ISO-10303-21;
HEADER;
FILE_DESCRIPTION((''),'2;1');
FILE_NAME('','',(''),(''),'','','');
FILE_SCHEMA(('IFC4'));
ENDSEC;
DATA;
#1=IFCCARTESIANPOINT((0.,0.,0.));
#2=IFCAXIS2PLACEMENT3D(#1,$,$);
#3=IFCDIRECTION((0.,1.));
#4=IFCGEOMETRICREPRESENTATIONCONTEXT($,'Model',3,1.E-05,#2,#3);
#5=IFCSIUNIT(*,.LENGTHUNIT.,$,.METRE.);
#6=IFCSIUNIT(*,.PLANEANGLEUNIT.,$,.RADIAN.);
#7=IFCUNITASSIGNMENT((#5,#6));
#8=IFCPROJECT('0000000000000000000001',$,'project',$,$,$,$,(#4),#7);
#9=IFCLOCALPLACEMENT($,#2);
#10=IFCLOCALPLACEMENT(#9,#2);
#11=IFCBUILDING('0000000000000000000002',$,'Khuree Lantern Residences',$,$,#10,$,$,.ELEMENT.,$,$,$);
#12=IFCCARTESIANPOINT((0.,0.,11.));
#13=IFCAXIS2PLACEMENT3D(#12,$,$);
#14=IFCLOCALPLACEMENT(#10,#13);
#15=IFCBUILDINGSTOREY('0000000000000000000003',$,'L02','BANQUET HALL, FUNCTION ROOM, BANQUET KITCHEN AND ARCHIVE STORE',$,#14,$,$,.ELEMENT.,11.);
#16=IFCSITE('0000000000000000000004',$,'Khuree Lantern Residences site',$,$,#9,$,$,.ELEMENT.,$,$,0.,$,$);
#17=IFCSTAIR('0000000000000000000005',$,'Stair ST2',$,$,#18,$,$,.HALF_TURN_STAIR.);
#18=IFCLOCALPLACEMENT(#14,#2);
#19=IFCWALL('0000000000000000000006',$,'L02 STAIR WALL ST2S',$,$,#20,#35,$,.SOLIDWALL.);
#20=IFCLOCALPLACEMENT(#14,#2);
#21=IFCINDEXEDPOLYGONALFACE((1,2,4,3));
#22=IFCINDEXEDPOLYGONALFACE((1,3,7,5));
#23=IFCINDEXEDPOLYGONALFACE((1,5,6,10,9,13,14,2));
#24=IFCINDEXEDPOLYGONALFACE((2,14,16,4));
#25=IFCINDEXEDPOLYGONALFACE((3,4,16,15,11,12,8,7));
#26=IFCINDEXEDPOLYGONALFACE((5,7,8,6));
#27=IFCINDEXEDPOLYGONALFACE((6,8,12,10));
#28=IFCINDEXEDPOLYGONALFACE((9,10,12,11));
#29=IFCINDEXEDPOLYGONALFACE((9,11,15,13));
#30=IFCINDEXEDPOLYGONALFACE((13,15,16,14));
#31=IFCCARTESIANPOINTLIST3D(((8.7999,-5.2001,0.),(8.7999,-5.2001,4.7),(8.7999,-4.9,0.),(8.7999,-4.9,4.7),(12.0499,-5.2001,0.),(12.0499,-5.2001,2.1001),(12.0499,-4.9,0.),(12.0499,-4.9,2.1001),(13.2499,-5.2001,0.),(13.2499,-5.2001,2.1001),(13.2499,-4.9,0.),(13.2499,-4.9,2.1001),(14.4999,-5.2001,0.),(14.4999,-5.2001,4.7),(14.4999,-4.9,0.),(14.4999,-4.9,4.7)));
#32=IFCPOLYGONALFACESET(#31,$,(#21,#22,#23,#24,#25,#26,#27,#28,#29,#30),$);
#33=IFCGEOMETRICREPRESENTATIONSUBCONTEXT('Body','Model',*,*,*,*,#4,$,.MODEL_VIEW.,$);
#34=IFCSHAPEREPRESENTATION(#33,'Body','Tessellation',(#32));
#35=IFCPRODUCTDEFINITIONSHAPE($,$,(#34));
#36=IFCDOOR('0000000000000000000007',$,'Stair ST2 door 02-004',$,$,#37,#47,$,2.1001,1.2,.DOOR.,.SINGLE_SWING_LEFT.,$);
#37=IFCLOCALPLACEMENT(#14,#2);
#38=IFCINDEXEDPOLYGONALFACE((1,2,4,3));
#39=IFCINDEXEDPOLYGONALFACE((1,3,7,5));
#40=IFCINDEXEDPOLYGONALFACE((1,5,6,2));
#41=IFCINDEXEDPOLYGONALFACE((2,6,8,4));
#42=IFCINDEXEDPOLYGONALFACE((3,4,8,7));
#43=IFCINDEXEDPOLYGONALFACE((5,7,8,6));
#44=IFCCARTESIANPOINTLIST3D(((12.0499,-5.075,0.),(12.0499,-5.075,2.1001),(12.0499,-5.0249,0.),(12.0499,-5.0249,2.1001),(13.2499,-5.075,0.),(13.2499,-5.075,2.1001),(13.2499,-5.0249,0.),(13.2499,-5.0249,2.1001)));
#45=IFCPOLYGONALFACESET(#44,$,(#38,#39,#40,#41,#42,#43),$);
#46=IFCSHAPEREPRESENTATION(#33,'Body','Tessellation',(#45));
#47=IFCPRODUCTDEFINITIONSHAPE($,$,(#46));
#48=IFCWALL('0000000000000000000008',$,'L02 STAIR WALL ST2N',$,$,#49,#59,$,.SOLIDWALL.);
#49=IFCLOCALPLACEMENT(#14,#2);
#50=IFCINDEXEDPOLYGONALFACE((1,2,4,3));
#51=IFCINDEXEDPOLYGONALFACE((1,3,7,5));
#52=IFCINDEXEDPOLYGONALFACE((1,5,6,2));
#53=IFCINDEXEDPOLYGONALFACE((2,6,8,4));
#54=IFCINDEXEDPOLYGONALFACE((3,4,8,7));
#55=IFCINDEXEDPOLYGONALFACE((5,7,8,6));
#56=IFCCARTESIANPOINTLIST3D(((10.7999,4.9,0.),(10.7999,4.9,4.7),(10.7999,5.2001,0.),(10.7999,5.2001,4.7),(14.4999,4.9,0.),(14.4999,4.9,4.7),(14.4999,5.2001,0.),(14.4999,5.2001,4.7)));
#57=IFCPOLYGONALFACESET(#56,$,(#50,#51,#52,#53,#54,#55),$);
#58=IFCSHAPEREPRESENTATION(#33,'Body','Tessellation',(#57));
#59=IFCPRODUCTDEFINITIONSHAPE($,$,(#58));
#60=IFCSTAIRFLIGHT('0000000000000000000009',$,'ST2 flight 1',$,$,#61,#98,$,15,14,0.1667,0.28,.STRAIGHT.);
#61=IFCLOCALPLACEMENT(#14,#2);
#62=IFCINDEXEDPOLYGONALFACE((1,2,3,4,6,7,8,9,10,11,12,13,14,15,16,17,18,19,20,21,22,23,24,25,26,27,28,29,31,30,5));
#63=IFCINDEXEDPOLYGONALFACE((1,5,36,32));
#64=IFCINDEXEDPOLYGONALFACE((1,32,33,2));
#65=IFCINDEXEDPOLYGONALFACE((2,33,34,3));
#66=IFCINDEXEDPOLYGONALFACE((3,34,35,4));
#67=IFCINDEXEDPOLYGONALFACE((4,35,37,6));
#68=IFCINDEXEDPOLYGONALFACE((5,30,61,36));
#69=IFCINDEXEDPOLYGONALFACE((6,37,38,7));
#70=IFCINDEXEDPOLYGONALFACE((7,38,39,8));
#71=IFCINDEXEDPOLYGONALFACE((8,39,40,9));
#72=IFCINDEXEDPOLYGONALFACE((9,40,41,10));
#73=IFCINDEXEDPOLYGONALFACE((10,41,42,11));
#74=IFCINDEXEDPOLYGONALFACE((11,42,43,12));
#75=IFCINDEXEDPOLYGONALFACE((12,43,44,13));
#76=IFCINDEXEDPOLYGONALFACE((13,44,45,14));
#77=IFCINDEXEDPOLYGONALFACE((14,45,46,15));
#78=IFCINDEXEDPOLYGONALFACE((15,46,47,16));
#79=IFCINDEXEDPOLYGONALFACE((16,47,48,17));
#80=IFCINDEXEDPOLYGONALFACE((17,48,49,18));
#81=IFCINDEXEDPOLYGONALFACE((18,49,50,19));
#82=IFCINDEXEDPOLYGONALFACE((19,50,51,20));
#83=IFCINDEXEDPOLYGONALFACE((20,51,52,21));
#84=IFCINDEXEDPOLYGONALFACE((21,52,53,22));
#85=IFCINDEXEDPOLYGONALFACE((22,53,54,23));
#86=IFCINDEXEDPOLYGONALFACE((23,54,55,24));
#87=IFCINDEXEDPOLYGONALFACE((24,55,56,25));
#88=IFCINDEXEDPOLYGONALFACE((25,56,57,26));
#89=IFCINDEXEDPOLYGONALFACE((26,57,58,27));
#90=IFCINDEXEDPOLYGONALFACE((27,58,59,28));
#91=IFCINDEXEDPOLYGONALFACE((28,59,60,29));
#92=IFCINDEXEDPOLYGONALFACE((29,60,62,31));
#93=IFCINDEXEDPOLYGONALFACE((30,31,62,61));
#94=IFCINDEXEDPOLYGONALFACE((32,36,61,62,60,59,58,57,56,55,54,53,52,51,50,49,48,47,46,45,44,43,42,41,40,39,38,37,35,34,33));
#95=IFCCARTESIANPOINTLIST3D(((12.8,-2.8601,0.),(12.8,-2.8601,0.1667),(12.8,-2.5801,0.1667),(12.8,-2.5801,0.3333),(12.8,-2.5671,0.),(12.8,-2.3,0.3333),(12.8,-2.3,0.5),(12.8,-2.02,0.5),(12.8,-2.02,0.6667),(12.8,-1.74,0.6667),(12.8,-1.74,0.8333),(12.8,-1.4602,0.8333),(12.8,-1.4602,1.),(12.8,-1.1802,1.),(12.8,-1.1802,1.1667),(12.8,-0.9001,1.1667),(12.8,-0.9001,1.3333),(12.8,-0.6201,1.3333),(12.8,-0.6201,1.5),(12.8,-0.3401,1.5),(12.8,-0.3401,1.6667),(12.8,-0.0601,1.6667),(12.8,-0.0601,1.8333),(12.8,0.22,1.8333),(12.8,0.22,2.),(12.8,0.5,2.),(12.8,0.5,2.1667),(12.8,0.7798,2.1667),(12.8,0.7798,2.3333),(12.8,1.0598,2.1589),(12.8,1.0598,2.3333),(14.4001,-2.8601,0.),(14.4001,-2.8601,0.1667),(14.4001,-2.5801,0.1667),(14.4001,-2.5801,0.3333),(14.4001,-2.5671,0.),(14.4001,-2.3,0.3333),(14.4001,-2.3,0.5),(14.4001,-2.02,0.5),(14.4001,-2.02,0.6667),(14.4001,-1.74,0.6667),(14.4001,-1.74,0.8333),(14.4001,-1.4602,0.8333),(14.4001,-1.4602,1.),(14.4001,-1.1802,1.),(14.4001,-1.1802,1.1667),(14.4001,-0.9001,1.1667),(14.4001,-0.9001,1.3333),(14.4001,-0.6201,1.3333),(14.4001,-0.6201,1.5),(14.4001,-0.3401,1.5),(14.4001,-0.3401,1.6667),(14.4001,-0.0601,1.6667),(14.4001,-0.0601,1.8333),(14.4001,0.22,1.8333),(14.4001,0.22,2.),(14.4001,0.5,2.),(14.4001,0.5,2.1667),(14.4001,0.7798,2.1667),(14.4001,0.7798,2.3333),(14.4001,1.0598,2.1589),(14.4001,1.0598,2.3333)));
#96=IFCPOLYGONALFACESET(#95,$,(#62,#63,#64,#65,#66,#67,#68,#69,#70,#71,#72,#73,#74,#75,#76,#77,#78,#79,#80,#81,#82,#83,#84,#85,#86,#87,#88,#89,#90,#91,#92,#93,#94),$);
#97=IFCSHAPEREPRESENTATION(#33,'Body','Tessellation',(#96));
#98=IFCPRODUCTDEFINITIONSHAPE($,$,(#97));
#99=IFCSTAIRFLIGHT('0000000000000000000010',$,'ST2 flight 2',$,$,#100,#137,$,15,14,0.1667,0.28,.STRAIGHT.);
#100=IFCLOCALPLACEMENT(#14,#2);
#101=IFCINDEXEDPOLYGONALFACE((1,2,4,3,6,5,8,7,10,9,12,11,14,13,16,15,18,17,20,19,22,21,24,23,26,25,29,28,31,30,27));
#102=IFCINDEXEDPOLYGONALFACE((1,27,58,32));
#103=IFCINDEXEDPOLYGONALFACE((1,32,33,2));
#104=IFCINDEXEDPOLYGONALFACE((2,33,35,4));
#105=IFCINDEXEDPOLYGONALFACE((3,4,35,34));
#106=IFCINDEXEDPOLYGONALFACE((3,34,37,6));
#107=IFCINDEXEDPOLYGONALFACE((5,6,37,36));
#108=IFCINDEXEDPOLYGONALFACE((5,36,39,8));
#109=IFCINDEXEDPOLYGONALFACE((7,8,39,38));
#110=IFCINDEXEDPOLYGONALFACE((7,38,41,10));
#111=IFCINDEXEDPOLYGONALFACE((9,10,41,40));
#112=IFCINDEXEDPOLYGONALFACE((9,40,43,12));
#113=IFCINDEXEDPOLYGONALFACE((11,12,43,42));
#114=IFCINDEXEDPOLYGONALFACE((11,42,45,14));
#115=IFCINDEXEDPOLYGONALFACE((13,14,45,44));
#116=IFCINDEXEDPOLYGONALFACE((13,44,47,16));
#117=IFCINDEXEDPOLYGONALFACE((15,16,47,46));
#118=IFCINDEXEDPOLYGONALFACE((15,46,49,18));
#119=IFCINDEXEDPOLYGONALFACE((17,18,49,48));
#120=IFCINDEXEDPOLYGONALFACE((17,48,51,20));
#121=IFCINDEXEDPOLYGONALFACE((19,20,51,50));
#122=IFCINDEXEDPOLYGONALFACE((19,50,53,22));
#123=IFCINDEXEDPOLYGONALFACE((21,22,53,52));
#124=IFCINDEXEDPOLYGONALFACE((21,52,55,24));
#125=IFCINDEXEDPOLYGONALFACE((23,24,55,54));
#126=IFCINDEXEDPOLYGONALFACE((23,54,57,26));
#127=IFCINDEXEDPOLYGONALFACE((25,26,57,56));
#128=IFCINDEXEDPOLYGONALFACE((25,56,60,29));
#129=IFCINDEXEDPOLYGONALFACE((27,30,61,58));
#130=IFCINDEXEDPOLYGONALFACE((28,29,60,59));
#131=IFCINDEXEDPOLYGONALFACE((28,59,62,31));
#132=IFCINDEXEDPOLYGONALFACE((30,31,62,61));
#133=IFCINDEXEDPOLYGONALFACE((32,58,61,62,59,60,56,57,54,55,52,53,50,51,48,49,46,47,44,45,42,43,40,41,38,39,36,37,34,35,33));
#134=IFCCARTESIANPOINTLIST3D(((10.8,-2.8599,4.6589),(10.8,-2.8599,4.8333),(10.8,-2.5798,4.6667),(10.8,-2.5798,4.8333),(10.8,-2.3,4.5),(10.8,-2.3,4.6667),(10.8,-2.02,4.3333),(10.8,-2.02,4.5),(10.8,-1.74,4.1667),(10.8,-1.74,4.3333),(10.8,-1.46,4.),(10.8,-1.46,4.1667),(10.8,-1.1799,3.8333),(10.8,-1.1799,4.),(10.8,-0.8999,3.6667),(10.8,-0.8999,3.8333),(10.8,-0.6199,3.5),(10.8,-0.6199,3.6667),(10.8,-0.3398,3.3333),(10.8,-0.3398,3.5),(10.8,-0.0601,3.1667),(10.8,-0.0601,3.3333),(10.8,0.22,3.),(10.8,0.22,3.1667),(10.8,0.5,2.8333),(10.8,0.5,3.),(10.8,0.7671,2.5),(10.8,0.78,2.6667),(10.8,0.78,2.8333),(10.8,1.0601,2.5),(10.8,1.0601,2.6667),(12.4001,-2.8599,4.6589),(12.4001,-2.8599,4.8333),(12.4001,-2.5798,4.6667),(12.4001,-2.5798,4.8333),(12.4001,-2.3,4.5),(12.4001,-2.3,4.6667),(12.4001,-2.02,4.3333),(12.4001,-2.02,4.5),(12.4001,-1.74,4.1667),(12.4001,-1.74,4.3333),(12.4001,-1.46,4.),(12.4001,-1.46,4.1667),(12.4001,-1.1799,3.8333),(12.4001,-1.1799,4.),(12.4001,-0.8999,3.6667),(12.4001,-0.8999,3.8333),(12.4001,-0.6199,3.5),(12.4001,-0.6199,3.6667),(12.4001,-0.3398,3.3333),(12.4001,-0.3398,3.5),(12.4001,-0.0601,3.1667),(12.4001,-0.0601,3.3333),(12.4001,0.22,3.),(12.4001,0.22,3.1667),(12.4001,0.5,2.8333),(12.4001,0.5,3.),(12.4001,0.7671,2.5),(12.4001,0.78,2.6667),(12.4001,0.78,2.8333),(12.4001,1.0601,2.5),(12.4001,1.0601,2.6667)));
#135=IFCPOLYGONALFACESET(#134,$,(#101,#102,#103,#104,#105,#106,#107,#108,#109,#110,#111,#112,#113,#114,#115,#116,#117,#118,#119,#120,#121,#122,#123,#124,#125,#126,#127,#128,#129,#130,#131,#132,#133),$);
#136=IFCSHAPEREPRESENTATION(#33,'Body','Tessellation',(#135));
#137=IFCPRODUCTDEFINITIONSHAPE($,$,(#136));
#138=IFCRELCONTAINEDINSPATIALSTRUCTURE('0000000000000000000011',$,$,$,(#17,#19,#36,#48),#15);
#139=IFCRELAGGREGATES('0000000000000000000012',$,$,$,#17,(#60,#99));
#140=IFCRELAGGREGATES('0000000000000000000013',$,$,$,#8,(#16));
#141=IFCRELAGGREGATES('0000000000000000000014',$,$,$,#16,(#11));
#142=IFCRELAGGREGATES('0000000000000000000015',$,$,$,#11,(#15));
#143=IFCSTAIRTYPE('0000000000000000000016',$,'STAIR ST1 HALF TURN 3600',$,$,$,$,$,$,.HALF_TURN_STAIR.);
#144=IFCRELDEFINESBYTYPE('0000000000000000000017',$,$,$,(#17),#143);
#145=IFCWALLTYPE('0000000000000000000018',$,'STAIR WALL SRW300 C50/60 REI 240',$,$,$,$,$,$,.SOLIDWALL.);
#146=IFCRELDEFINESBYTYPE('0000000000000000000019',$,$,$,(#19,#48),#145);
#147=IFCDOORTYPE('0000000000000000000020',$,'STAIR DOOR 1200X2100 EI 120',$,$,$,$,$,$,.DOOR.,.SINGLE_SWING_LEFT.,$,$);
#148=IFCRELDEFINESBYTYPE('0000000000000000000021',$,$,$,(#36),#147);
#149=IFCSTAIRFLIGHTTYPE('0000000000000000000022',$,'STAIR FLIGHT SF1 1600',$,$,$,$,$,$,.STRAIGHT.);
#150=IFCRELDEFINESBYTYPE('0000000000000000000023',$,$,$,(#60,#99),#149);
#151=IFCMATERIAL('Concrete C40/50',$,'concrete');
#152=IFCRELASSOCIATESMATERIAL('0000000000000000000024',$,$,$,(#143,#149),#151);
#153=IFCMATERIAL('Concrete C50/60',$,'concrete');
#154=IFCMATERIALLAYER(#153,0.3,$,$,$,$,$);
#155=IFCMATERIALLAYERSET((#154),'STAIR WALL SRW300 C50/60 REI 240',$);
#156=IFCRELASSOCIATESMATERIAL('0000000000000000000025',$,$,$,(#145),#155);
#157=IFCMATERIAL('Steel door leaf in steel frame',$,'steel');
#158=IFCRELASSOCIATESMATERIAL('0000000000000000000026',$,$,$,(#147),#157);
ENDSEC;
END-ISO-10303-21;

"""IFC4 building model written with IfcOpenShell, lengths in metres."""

from ifc_helpers import new_model, si_unit, direction, frame, frame_2d, origin, place, context, subcontext, project, spatial, polyline, rectangle, outline, extrude, material, layer, layer_set, type_object, element, fill, aggregate, save


model = new_model("IFC4")

# Units and contexts
model_context = context("Model", 3, precision=1e-05, world=origin(), true_north=direction((0.0, 1.0)))
body_context = subcontext(model_context, "Body", "Model", "MODEL_VIEW")
ifc_project = project(units=[si_unit("LENGTHUNIT", "METRE"), si_unit("PLANEANGLEUNIT", "RADIAN")], contexts=[model_context])

# Site, building, storey
site_placement = place(None, origin())
site = spatial("IfcSite", under=ifc_project, at=site_placement, Name="Khuree Lantern Residences site", CompositionType="ELEMENT", RefElevation=0.0)
building_placement = place(site_placement, origin())
building = spatial("IfcBuilding", under=site, at=building_placement, Name="Khuree Lantern Residences", CompositionType="ELEMENT")
storey_placement = place(building_placement, frame((0.0, 0.0, 11.0)))
storey = spatial("IfcBuildingStorey", under=building, at=storey_placement, Name="L02", Description="BANQUET HALL, FUNCTION ROOM, BANQUET KITCHEN AND ARCHIVE STORE", CompositionType="ELEMENT", Elevation=11.0)

# Stair
ifc_material_1 = material(Name="Concrete C40/50", Category="concrete")
stair_type_1 = type_object("IfcStairType", Name="STAIR ST1 HALF TURN 3600", PredefinedType="HALF_TURN_STAIR", material=ifc_material_1)
stair_1_placement = place(storey_placement, origin())
stair_1 = element("IfcStair", 1, at=stair_1_placement, inside=storey, type_object=stair_type_1, Name="Stair ST2", PredefinedType="HALF_TURN_STAIR")

# Shared definitions
ifc_material_2 = material(Name="Concrete C50/60", Category="concrete")
ifc_layer_1 = layer(ifc_material_2, 0.3)
ifc_layer_set_1 = layer_set([ifc_layer_1], Name="STAIR WALL SRW300 C50/60 REI 240")
wall_type_1 = type_object("IfcWallType", Name="STAIR WALL SRW300 C50/60 REI 240", PredefinedType="SOLIDWALL", material=ifc_layer_set_1)

# Wall, opening, door
wall_1_placement = place(storey_placement, frame((14.5, -5.05, 0.0), z_axis=(0.0, 0.0, 1.0), x_axis=(-1.0, 0.0, 0.0)))
wall_1 = element("IfcWall", 2, at=wall_1_placement, inside=storey, type_object=wall_type_1, Name="L02 STAIR WALL ST2S", PredefinedType="SOLIDWALL", context=body_context, shape_type="SweptSolid", body=[
    extrude(rectangle(XDim=5.7, YDim=0.3, at=frame_2d((2.8501, 0.0))), origin(), (0.0, 0.0, 1.0), 4.7),
])
opening_1_placement = place(wall_1_placement, frame((1.25, 0.0, 0.0)))
opening_1 = element("IfcOpeningElement", 3, at=opening_1_placement, cuts=wall_1, PredefinedType="OPENING", context=body_context, shape_type="SweptSolid", body=[
    extrude(rectangle(XDim=1.2, YDim=2.1001, at=frame_2d((0.6001, 1.05))), frame((0.0, 0.1602, 0.0), z_axis=(0.0, -1.0, 0.0), x_axis=(1.0, 0.0, 0.0)), (0.0, 0.0, 1.0), 0.3201),
])
ifc_material_3 = material(Name="Steel door leaf in steel frame", Category="steel")
door_type_1 = type_object("IfcDoorType", Name="STAIR DOOR 1200X2100 EI 120", OperationType="SINGLE_SWING_LEFT", PredefinedType="DOOR", material=ifc_material_3)
door_1_placement = place(opening_1_placement, origin())
door_1 = element("IfcDoor", 4, at=door_1_placement, inside=storey, type_object=door_type_1, Name="Stair ST2 door 02-004", OperationType="SINGLE_SWING_LEFT", OverallHeight=2.1001, OverallWidth=1.2, PredefinedType="DOOR", context=body_context, shape_type="SweptSolid", body=[
    extrude(rectangle(XDim=1.2, YDim=2.1001, at=frame_2d((0.6001, 1.05))), frame((0.0, 0.0249, 0.0), z_axis=(0.0, -1.0, 0.0), x_axis=(1.0, 0.0, 0.0)), (0.0, 0.0, 1.0), 0.05),
])
fill(opening_1, door_1)

# Wall
wall_2_placement = place(storey_placement, frame((14.5, 5.05, 0.0), z_axis=(0.0, 0.0, 1.0), x_axis=(-1.0, 0.0, 0.0)))
element("IfcWall", 5, at=wall_2_placement, inside=storey, type_object=wall_type_1, Name="L02 STAIR WALL ST2N", PredefinedType="SOLIDWALL", context=body_context, shape_type="SweptSolid", body=[
    extrude(rectangle(XDim=3.7, YDim=0.3, at=frame_2d((1.8501, 0.0))), origin(), (0.0, 0.0, 1.0), 4.7),
])

# Stair flights
stair_flight_type = type_object("IfcStairFlightType", Name="STAIR FLIGHT SF1 1600", PredefinedType="STRAIGHT", material=ifc_material_1)
stair_flight_1_placement = place(storey_placement, frame((13.6001, -2.8601, 0.0), z_axis=(0.0, 0.0, 1.0), x_axis=(0.0, 1.0, 0.0)))
stair_flight_1 = element("IfcStairFlight", 6, at=stair_flight_1_placement, type_object=stair_flight_type, Name="ST2 flight 1", NumberOfRisers=15, NumberOfTreads=14, PredefinedType="STRAIGHT", RiserHeight=0.1667, TreadLength=0.28, context=body_context, shape_type="SweptSolid", body=[
    extrude(outline(polyline([(0.0, 0.0), (0.0, 0.1667), (0.28, 0.1667), (0.28, 0.3333), (0.5601, 0.3333), (0.5601, 0.5), (0.8401, 0.5), (0.8401, 0.6667), (1.1201, 0.6667), (1.1201, 0.8333), (1.3999, 0.8333), (1.3999, 1.0), (1.6799, 1.0), (1.6799, 1.1667), (1.96, 1.1667), (1.96, 1.3333), (2.24, 1.3333), (2.24, 1.5), (2.52, 1.5), (2.52, 1.6667), (2.8, 1.6667), (2.8, 1.8333), (3.0801, 1.8333), (3.0801, 2.0), (3.3601, 2.0), (3.3601, 2.1667), (3.6399, 2.1667), (3.6399, 2.3333), (3.9199, 2.3333), (3.9199, 2.5), (3.9199, 2.1589), (0.293, 0.0), (0.0, 0.0)])), frame((0.0, 0.8, 0.0), z_axis=(0.0, -1.0, 0.0), x_axis=(1.0, 0.0, 0.0)), (0.0, 0.0, 1.0), 1.6001),
])
stair_flight_2_placement = place(storey_placement, frame((11.6001, 1.0601, 2.5), z_axis=(0.0, 0.0, 1.0), x_axis=(0.0, -1.0, 0.0)))
stair_flight_2 = element("IfcStairFlight", 7, at=stair_flight_2_placement, type_object=stair_flight_type, Name="ST2 flight 2", NumberOfRisers=15, NumberOfTreads=14, PredefinedType="STRAIGHT", RiserHeight=0.1667, TreadLength=0.28, context=body_context, shape_type="SweptSolid", body=[
    extrude(outline(polyline([(0.0, 0.0), (0.0, 0.1667), (0.28, 0.1667), (0.28, 0.3333), (0.5601, 0.3333), (0.5601, 0.5), (0.8401, 0.5), (0.8401, 0.6667), (1.1201, 0.6667), (1.1201, 0.8333), (1.3999, 0.8333), (1.3999, 1.0), (1.6799, 1.0), (1.6799, 1.1667), (1.96, 1.1667), (1.96, 1.3333), (2.24, 1.3333), (2.24, 1.5), (2.52, 1.5), (2.52, 1.6667), (2.8, 1.6667), (2.8, 1.8333), (3.0801, 1.8333), (3.0801, 2.0), (3.3601, 2.0), (3.3601, 2.1667), (3.6399, 2.1667), (3.6399, 2.3333), (3.9199, 2.3333), (3.9199, 2.5), (3.9199, 2.1589), (0.293, 0.0), (0.0, 0.0)])), frame((0.0, 0.8, 0.0), z_axis=(0.0, -1.0, 0.0), x_axis=(1.0, 0.0, 0.0)), (0.0, 0.0, 1.0), 1.6001),
])
aggregate(stair_1, [stair_flight_1, stair_flight_2])

save(model, "model.ifc")
